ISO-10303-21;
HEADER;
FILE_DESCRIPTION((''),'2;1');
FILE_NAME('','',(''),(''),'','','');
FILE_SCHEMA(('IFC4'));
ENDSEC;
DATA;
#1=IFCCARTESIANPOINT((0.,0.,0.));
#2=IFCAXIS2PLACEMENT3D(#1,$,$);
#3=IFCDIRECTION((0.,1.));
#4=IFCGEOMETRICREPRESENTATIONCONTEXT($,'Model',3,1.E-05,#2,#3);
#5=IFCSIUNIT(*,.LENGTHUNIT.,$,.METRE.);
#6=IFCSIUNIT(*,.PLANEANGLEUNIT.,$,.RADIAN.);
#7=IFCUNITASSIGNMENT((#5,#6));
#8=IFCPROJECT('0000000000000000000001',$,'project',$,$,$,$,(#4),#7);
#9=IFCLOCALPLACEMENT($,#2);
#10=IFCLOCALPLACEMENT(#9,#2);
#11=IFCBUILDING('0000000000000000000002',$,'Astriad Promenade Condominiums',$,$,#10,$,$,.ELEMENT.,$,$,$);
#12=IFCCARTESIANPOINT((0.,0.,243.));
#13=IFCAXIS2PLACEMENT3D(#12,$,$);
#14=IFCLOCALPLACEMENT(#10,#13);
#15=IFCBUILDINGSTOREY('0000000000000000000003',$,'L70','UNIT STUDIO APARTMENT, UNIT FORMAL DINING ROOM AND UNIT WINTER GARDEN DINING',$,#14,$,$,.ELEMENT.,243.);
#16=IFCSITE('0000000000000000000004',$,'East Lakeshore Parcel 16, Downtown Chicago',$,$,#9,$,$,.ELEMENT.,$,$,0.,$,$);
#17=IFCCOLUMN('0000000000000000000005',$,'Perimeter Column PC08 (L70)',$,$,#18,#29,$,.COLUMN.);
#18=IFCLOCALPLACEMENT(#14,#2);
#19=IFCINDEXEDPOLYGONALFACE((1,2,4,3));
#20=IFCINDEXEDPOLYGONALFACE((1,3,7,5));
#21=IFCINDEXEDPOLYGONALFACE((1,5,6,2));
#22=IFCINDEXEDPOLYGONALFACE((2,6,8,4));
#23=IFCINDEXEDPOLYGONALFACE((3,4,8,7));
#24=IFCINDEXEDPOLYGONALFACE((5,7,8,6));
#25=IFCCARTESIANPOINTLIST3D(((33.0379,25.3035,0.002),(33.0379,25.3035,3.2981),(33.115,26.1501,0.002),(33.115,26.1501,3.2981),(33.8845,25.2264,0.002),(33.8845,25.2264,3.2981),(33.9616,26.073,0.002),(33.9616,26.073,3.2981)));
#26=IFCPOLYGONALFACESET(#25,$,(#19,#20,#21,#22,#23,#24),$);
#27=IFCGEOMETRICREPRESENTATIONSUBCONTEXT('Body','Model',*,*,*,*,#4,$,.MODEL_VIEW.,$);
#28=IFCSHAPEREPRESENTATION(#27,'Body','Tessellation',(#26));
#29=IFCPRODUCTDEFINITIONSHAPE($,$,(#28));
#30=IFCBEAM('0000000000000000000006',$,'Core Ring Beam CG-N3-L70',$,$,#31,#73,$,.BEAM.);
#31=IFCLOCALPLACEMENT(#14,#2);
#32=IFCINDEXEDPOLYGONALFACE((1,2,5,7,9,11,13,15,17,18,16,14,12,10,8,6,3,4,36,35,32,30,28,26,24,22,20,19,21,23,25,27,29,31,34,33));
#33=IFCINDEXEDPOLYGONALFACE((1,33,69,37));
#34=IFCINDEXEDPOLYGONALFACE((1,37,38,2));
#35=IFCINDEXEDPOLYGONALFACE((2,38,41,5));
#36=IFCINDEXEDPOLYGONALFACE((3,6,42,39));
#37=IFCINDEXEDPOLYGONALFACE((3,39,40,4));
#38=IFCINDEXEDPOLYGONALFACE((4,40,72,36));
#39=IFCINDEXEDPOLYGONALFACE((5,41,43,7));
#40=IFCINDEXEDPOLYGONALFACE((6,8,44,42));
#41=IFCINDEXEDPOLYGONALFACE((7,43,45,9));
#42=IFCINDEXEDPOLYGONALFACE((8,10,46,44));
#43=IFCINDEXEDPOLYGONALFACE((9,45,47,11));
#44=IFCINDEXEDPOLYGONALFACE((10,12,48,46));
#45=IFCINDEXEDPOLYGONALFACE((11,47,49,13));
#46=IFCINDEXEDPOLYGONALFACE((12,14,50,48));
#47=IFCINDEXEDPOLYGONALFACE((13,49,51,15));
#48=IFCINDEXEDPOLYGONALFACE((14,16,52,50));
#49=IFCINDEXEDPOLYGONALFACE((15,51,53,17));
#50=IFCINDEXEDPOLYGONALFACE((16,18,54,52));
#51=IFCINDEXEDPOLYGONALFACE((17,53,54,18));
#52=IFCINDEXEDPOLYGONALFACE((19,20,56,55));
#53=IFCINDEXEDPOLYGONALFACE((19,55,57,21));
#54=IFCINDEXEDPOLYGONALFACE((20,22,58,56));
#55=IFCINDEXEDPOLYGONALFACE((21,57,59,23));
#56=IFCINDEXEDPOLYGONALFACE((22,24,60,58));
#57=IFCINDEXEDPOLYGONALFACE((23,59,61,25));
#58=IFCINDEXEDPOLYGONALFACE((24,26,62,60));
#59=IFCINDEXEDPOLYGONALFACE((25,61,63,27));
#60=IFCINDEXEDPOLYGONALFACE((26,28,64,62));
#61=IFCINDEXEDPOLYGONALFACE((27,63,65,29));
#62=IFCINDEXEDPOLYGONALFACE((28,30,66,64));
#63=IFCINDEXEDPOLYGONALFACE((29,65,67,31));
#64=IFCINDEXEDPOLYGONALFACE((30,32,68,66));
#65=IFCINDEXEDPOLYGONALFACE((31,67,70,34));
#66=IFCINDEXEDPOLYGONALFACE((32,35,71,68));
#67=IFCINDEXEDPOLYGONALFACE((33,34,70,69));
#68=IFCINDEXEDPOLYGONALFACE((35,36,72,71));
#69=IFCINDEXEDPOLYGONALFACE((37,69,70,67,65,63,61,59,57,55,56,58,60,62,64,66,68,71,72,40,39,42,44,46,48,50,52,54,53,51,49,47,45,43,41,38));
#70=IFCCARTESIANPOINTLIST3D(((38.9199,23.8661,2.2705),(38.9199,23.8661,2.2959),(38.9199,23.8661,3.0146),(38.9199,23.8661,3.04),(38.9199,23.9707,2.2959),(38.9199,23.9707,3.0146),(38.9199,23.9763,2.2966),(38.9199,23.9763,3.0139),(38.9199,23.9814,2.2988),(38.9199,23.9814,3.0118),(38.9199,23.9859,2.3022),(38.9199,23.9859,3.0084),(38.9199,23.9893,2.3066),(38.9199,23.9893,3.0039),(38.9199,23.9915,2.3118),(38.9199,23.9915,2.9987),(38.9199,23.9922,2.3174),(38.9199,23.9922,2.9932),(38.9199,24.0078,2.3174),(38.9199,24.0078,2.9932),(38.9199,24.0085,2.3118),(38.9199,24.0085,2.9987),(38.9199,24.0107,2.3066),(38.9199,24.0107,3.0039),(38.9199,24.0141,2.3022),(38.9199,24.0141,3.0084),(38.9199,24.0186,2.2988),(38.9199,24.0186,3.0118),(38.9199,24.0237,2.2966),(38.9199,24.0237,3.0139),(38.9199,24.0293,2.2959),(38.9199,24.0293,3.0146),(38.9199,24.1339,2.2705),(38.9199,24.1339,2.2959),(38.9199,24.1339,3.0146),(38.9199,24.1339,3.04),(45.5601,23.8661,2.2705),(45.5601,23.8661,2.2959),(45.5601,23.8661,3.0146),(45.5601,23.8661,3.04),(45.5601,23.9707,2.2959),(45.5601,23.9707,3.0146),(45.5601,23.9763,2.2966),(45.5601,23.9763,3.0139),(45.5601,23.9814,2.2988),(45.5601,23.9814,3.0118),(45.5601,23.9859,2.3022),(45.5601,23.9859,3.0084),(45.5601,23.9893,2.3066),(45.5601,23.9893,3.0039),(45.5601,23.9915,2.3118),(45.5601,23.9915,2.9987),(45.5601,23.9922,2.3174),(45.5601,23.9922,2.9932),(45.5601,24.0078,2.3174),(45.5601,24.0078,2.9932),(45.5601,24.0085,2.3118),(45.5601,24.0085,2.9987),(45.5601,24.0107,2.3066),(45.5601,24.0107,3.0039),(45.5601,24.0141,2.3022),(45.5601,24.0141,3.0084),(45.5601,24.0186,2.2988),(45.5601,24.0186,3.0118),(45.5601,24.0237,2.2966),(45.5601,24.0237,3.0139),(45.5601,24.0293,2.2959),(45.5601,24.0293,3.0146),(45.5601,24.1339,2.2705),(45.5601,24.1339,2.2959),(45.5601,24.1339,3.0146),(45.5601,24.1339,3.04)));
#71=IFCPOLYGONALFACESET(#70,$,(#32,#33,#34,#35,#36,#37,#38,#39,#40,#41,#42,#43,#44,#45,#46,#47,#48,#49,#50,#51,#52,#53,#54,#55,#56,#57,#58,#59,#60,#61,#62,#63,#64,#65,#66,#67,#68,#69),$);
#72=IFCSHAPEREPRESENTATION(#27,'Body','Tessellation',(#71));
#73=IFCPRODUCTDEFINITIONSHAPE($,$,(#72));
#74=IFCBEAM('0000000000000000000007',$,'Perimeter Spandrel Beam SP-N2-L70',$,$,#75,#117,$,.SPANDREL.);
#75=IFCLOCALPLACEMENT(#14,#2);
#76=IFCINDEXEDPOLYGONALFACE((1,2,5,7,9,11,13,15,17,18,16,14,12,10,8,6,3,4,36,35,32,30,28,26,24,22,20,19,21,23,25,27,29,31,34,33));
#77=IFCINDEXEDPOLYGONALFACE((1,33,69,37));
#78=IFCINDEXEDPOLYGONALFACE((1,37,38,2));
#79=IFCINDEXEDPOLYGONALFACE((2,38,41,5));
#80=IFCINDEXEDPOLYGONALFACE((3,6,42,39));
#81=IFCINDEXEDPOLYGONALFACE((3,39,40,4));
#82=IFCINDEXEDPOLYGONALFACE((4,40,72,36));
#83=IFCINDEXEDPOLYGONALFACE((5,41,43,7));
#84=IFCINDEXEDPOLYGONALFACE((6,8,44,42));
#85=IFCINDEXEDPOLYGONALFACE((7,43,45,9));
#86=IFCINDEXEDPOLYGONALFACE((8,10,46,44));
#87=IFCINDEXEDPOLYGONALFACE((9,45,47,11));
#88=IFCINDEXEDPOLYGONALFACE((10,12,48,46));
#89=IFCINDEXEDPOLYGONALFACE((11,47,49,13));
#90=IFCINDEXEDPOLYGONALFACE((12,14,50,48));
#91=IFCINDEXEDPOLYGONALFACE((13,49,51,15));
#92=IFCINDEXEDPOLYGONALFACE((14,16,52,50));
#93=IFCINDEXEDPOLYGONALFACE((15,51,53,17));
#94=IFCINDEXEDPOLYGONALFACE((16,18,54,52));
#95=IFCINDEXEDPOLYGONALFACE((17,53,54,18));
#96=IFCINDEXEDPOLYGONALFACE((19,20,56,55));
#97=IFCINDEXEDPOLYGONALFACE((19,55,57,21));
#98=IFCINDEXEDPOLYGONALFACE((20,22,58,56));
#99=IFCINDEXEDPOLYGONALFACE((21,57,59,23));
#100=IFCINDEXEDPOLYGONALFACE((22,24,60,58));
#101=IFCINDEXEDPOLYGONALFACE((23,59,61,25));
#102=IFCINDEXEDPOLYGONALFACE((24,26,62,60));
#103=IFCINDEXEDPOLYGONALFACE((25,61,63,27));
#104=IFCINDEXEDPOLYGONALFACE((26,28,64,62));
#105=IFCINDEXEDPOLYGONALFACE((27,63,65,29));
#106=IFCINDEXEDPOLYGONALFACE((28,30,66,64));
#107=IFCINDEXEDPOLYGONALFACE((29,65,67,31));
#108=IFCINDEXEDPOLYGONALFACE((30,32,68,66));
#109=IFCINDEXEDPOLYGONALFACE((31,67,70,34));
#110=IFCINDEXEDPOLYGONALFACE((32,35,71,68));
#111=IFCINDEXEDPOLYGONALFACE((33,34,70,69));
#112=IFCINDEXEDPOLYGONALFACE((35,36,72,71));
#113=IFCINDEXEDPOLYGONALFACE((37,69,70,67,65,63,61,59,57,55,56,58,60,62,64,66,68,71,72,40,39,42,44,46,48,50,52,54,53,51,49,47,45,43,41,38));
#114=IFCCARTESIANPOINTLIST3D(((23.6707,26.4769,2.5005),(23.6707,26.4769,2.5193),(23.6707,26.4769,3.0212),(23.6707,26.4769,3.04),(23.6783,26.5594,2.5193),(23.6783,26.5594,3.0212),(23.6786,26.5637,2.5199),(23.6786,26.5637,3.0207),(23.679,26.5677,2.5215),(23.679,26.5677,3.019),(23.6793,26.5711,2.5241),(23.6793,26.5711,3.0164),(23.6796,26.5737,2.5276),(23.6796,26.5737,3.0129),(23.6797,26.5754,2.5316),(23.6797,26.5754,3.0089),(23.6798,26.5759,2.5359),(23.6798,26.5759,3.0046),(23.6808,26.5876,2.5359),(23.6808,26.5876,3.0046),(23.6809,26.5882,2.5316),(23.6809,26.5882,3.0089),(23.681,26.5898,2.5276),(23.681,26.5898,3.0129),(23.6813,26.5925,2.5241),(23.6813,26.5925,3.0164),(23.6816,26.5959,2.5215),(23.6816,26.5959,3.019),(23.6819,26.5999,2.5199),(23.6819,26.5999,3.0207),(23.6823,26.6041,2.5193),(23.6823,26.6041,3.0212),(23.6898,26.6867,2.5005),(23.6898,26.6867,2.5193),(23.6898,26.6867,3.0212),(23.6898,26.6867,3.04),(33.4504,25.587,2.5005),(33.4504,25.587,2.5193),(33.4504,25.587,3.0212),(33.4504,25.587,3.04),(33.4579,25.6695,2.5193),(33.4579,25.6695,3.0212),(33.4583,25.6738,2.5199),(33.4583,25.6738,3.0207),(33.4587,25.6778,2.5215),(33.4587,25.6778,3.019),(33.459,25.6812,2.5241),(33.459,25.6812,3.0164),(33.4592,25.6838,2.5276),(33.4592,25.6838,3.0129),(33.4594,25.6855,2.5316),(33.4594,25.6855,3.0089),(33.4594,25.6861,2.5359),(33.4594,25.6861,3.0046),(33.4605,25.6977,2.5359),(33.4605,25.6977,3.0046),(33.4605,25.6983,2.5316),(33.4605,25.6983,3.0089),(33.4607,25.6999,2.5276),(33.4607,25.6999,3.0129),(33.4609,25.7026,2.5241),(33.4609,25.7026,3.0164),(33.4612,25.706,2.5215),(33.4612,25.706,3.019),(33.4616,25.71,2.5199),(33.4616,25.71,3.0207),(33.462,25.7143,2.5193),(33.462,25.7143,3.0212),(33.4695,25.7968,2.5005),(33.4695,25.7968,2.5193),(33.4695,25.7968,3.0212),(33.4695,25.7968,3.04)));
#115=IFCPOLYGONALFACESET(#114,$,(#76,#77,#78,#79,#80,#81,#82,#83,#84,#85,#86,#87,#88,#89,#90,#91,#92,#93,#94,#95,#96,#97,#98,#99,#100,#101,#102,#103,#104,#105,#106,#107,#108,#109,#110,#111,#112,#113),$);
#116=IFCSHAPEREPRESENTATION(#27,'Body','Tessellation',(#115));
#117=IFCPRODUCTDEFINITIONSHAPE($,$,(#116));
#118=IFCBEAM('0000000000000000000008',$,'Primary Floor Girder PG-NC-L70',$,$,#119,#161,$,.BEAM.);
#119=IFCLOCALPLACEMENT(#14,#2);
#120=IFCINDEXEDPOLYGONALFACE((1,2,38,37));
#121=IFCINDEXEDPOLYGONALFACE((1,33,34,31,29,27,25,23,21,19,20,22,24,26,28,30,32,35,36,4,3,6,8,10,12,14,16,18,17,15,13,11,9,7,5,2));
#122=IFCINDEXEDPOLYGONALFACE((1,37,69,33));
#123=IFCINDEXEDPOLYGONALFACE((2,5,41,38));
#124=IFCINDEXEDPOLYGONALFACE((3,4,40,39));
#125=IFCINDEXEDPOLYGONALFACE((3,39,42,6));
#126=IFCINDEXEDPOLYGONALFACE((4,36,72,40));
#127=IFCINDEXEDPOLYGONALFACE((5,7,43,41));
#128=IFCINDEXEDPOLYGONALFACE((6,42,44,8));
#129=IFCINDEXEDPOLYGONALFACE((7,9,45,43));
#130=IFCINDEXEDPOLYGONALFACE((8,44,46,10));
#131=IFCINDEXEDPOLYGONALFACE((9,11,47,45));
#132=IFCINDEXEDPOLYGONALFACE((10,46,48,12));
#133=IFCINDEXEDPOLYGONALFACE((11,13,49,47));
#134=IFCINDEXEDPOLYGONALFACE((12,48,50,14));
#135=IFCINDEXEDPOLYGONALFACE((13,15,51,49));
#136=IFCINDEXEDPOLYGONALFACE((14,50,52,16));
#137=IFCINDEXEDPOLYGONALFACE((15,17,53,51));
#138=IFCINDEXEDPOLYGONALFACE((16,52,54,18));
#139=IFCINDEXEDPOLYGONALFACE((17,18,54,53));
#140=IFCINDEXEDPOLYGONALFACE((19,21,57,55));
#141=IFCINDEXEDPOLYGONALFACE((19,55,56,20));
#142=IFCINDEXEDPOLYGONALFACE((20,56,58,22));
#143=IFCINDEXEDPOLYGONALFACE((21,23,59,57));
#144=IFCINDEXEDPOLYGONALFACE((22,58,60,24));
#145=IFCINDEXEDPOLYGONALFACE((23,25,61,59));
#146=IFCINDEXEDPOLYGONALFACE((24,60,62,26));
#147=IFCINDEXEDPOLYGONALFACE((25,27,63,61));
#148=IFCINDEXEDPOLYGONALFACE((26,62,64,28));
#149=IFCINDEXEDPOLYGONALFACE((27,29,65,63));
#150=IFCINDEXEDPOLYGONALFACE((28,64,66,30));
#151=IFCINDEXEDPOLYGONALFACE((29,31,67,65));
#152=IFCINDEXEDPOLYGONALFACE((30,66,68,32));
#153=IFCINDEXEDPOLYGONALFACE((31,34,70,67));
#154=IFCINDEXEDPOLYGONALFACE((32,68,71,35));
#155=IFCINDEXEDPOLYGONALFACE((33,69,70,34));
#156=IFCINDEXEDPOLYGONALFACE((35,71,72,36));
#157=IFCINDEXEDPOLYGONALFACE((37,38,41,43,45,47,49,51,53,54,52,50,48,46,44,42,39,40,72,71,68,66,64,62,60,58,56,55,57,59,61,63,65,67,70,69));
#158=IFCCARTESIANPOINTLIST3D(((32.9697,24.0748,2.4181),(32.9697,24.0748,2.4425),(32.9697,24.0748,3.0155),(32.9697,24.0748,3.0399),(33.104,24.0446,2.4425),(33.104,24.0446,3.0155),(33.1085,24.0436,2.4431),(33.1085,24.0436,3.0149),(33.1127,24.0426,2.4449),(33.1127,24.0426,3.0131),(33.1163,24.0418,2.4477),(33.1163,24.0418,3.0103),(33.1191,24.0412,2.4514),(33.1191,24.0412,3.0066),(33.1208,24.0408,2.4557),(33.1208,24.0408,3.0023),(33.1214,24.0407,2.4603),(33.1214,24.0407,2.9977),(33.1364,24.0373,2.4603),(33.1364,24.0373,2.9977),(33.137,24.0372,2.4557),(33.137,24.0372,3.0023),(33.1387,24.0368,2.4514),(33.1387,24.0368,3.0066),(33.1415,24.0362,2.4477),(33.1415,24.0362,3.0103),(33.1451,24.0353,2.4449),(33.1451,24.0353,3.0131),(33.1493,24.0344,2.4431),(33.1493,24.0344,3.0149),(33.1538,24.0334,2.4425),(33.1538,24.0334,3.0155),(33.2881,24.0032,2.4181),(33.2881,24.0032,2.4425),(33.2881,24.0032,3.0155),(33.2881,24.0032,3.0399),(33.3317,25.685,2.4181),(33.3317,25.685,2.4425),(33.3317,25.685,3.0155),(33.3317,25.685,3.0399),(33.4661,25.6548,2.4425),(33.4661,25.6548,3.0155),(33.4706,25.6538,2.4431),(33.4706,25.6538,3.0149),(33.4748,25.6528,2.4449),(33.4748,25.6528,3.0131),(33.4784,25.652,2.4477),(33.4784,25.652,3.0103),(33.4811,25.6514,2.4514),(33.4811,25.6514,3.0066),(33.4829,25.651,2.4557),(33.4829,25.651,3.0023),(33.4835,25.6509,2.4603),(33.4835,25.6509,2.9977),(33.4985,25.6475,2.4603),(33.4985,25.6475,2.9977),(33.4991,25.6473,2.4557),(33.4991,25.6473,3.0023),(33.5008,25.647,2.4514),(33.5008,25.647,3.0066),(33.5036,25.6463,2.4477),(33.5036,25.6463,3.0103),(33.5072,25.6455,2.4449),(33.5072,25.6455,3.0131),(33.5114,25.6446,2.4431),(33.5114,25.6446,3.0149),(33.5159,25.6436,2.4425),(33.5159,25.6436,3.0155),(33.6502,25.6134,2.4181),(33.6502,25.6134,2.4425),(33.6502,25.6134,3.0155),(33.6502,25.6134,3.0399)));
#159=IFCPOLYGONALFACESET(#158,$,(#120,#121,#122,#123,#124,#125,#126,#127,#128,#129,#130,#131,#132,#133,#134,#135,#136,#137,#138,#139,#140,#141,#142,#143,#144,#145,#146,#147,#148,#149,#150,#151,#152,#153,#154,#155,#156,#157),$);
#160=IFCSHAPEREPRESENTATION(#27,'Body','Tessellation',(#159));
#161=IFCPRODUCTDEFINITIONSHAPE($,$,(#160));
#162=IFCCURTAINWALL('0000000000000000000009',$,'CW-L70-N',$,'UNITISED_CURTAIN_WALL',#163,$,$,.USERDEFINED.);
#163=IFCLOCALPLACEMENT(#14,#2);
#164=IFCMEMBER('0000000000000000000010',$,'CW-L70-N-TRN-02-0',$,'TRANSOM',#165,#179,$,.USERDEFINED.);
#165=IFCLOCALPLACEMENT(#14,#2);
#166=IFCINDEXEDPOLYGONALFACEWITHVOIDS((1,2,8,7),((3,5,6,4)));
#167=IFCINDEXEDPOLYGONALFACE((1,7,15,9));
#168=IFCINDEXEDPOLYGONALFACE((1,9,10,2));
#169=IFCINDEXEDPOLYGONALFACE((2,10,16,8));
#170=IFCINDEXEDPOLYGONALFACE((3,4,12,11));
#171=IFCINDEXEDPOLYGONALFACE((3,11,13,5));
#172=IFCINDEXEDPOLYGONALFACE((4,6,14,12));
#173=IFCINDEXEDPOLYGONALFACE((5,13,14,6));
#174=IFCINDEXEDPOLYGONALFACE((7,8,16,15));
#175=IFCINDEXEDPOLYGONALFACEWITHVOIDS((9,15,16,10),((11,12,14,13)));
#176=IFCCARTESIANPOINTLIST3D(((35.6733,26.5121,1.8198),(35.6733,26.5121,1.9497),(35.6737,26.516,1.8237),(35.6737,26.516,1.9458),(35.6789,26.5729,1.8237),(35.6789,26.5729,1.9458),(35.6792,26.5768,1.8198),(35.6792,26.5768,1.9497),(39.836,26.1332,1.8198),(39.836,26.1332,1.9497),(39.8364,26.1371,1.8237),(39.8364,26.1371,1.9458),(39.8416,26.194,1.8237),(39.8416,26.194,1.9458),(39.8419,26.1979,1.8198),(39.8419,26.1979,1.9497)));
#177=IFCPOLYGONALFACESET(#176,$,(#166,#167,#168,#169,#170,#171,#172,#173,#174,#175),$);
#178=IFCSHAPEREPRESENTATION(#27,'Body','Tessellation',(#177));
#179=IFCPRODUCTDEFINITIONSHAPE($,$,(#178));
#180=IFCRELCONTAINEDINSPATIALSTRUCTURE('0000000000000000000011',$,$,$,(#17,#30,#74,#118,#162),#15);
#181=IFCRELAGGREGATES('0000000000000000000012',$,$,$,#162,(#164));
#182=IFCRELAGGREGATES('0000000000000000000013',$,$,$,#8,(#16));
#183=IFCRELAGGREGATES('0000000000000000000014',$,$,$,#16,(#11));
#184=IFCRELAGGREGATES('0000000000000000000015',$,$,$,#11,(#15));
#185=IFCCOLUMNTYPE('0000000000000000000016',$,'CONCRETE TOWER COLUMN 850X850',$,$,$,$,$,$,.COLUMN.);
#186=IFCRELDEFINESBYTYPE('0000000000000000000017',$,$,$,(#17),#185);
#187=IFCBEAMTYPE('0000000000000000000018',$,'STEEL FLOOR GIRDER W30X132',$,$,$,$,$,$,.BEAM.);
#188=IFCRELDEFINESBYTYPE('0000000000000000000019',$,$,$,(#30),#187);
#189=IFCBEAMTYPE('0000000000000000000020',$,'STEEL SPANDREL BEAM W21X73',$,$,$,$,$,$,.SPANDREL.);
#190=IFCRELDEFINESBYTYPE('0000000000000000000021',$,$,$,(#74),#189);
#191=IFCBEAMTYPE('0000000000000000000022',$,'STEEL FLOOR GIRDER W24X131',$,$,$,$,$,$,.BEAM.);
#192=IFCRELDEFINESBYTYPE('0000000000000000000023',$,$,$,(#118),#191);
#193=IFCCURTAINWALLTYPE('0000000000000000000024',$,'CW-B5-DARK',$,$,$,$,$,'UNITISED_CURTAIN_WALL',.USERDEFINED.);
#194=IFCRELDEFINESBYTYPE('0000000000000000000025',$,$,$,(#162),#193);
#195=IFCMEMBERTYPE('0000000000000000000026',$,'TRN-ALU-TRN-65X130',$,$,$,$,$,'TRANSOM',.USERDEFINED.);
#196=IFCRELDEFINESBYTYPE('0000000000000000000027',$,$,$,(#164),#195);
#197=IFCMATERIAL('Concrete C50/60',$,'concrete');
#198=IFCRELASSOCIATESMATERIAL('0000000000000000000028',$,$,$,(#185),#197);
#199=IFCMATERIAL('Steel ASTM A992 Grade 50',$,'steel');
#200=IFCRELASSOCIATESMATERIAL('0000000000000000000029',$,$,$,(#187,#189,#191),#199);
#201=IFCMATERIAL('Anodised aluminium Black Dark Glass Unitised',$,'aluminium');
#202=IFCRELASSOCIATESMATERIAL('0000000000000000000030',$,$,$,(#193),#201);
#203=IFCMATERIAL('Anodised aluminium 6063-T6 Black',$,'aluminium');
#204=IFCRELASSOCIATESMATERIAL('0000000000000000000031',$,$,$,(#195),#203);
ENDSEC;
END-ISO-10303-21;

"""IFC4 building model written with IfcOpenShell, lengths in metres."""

from ifc_helpers import new_model, si_unit, direction, frame, origin, origin_2d, place, context, subcontext, project, spatial, rectangle, hollow_rectangle, i_section, extrude, source, transform, mapped, material, material_profile, profile_set, type_object, type_shapes, element, aggregate, save


model = new_model("IFC4")

# Units and contexts
model_context = context("Model", 3, precision=1e-05, world=origin(), true_north=direction((0.0, 1.0)))
body_context = subcontext(model_context, "Body", "Model", "MODEL_VIEW")
ifc_project = project(units=[si_unit("LENGTHUNIT", "METRE"), si_unit("PLANEANGLEUNIT", "RADIAN")], contexts=[model_context])

# Site, building, storey
site_placement = place(None, origin())
site = spatial("IfcSite", under=ifc_project, at=site_placement, Name="East Lakeshore Parcel 16, Downtown Chicago", CompositionType="ELEMENT", RefElevation=0.0)
building_placement = place(site_placement, origin())
building = spatial("IfcBuilding", under=site, at=building_placement, Name="Astriad Promenade Condominiums", CompositionType="ELEMENT")
storey_placement = place(building_placement, frame((0.0, 0.0, 243.0)))
storey = spatial("IfcBuildingStorey", under=building, at=storey_placement, Name="L70", Description="UNIT STUDIO APARTMENT, UNIT FORMAL DINING ROOM AND UNIT WINTER GARDEN DINING", CompositionType="ELEMENT", Elevation=243.0)

# Column
ifc_material_1 = material(Name="Concrete C50/60", Category="concrete")
ifc_material_profile_1 = material_profile(ifc_material_1, rectangle(XDim=0.8501, YDim=0.8501, at=origin_2d()), Name="RC-COL-850X850")
ifc_profile_set_1 = profile_set([ifc_material_profile_1], Name="Concrete C50/60")
column_type = type_object("IfcColumnType", Name="CONCRETE TOWER COLUMN 850X850", PredefinedType="COLUMN", material=ifc_profile_set_1)
shared_shape_1 = source(origin(), body_context, "Body", "SweptSolid", [
    extrude(rectangle(XDim=0.8501, YDim=0.8501, at=origin_2d()), origin(), (0.0, 0.0, 1.0), 3.2961),
])
type_shapes(column_type, [shared_shape_1])
column_placement = place(storey_placement, frame((33.4998, 25.6882, 0.002), z_axis=(0.0, 0.0, 1.0), x_axis=(0.995884, -0.090633, 0.0)))
element("IfcColumn", 1, at=column_placement, inside=storey, type_object=column_type, Name="Perimeter Column PC08 (L70)", PredefinedType="COLUMN", context=body_context, shape_type="MappedRepresentation", body=[
    mapped(shared_shape_1, transform((0.0, 0.0, 0.0), scale=1.0)),
])

# Beams
ifc_material_2 = material(Name="Steel ASTM A992 Grade 50", Category="steel")
ifc_material_profile_2 = material_profile(ifc_material_2, i_section(OverallWidth=0.2678, OverallDepth=0.7695, WebThickness=0.0156, FlangeThickness=0.0254, FilletRadius=0.0215, at=origin_2d()), Name="W30X132")
ifc_profile_set_2 = profile_set([ifc_material_profile_2], Name="Steel ASTM A992 Grade 50")
beam_type_1 = type_object("IfcBeamType", Name="STEEL FLOOR GIRDER W30X132", PredefinedType="BEAM", material=ifc_profile_set_2)
shared_shape_2 = source(origin(), body_context, "Body", "SweptSolid", [
    extrude(i_section(OverallWidth=0.2678, OverallDepth=0.7695, WebThickness=0.0156, FlangeThickness=0.0254, FilletRadius=0.0215, at=origin_2d()), origin(), (0.0, 0.0, 1.0), 6.6401),
])
type_shapes(beam_type_1, [shared_shape_2])
beam_1_placement = place(storey_placement, frame((38.9199, 24.0, 2.6553), z_axis=(1.0, 0.0, 0.0), x_axis=(0.0, 1.0, 0.0)))
element("IfcBeam", 2, at=beam_1_placement, inside=storey, type_object=beam_type_1, Name="Core Ring Beam CG-N3-L70", PredefinedType="BEAM", context=body_context, shape_type="MappedRepresentation", body=[
    mapped(shared_shape_2, transform((0.0, 0.0, 0.0), scale=1.0)),
])
ifc_material_profile_3 = material_profile(ifc_material_2, i_section(OverallWidth=0.2107, OverallDepth=0.5396, WebThickness=0.0117, FlangeThickness=0.0188, FilletRadius=0.0166, at=origin_2d()), Name="W21X73")
ifc_profile_set_3 = profile_set([ifc_material_profile_3], Name="Steel ASTM A992 Grade 50")
beam_type_2 = type_object("IfcBeamType", Name="STEEL SPANDREL BEAM W21X73", PredefinedType="SPANDREL", material=ifc_profile_set_3)
shared_shape_3 = source(origin(), body_context, "Body", "SweptSolid", [
    extrude(i_section(OverallWidth=0.2107, OverallDepth=0.5396, WebThickness=0.0117, FlangeThickness=0.0188, FilletRadius=0.0166, at=origin_2d()), origin(), (0.0, 0.0, 1.0), 9.8201),
])
type_shapes(beam_type_2, [shared_shape_3])
beam_2_placement = place(storey_placement, frame((33.46, 25.6919, 2.7703), z_axis=(-0.995886, 0.090619, 0.0), x_axis=(-0.090619, -0.995886, 0.0)))
element("IfcBeam", 3, at=beam_2_placement, inside=storey, type_object=beam_type_2, Name="Perimeter Spandrel Beam SP-N2-L70", PredefinedType="SPANDREL", context=body_context, shape_type="MappedRepresentation", body=[
    mapped(shared_shape_3, transform((0.0, 0.0, 0.0), scale=1.0)),
])
ifc_material_profile_4 = material_profile(ifc_material_2, i_section(OverallWidth=0.3264, OverallDepth=0.6218, WebThickness=0.0154, FlangeThickness=0.0244, FilletRadius=0.0178, at=origin_2d()), Name="W24X131")
ifc_profile_set_4 = profile_set([ifc_material_profile_4], Name="Steel ASTM A992 Grade 50")
beam_type_3 = type_object("IfcBeamType", Name="STEEL FLOOR GIRDER W24X131", PredefinedType="BEAM", material=ifc_profile_set_4)
shared_shape_4 = source(origin(), body_context, "Body", "SweptSolid", [
    extrude(i_section(OverallWidth=0.3264, OverallDepth=0.6218, WebThickness=0.0154, FlangeThickness=0.0244, FilletRadius=0.0178, at=origin_2d()), origin(), (0.0, 0.0, 1.0), 1.6504),
])
type_shapes(beam_type_3, [shared_shape_4])
beam_3_placement = place(storey_placement, frame((33.491, 25.6492, 2.729), z_axis=(-0.219389, -0.975637, 0.0), x_axis=(0.975637, -0.219389, 0.0)))
element("IfcBeam", 4, at=beam_3_placement, inside=storey, type_object=beam_type_3, Name="Primary Floor Girder PG-NC-L70", PredefinedType="BEAM", context=body_context, shape_type="MappedRepresentation", body=[
    mapped(shared_shape_4, transform((0.0, 0.0, 0.0), scale=1.0)),
])

# Curtain wall, member
ifc_material_3 = material(Name="Anodised aluminium Black Dark Glass Unitised", Category="aluminium")
curtain_wall_type = type_object("IfcCurtainWallType", Name="CW-B5-DARK", ElementType="UNITISED_CURTAIN_WALL", PredefinedType="USERDEFINED", material=ifc_material_3)
curtain_wall_placement = place(storey_placement, origin())
curtain_wall = element("IfcCurtainWall", 5, at=curtain_wall_placement, inside=storey, type_object=curtain_wall_type, Name="CW-L70-N", ObjectType="UNITISED_CURTAIN_WALL", PredefinedType="USERDEFINED")
ifc_material_4 = material(Name="Anodised aluminium 6063-T6 Black", Category="aluminium")
ifc_material_profile_5 = material_profile(ifc_material_4, hollow_rectangle(XDim=0.0649, YDim=0.1299, WallThickness=0.0039, at=origin_2d()), Name="ALU-TRN-65X130")
ifc_profile_set_5 = profile_set([ifc_material_profile_5], Name="Anodised aluminium 6063-T6 Black")
member_type_1 = type_object("IfcMemberType", Name="TRN-ALU-TRN-65X130", ElementType="TRANSOM", PredefinedType="USERDEFINED", material=ifc_profile_set_5)
shared_shape_5 = source(origin(), body_context, "Body", "SweptSolid", [
    extrude(hollow_rectangle(XDim=0.0649, YDim=0.1299, WallThickness=0.0039, at=origin_2d()), origin(), (0.0, 0.0, 1.0), 4.1799),
])
type_shapes(member_type_1, [shared_shape_5])
member_1_placement = place(storey_placement, frame((35.6763, 26.5444, 1.8848), z_axis=(0.995883, -0.090646, 0.0), x_axis=(0.090646, 0.995883, 0.0)))
member_1 = element("IfcMember", 6, at=member_1_placement, type_object=member_type_1, Name="CW-L70-N-TRN-02-0", ObjectType="TRANSOM", PredefinedType="USERDEFINED", context=body_context, shape_type="MappedRepresentation", body=[
    mapped(shared_shape_5, transform((0.0, 0.0, 0.0), scale=1.0)),
])
aggregate(curtain_wall, [member_1])

save(model, "model.ifc")
